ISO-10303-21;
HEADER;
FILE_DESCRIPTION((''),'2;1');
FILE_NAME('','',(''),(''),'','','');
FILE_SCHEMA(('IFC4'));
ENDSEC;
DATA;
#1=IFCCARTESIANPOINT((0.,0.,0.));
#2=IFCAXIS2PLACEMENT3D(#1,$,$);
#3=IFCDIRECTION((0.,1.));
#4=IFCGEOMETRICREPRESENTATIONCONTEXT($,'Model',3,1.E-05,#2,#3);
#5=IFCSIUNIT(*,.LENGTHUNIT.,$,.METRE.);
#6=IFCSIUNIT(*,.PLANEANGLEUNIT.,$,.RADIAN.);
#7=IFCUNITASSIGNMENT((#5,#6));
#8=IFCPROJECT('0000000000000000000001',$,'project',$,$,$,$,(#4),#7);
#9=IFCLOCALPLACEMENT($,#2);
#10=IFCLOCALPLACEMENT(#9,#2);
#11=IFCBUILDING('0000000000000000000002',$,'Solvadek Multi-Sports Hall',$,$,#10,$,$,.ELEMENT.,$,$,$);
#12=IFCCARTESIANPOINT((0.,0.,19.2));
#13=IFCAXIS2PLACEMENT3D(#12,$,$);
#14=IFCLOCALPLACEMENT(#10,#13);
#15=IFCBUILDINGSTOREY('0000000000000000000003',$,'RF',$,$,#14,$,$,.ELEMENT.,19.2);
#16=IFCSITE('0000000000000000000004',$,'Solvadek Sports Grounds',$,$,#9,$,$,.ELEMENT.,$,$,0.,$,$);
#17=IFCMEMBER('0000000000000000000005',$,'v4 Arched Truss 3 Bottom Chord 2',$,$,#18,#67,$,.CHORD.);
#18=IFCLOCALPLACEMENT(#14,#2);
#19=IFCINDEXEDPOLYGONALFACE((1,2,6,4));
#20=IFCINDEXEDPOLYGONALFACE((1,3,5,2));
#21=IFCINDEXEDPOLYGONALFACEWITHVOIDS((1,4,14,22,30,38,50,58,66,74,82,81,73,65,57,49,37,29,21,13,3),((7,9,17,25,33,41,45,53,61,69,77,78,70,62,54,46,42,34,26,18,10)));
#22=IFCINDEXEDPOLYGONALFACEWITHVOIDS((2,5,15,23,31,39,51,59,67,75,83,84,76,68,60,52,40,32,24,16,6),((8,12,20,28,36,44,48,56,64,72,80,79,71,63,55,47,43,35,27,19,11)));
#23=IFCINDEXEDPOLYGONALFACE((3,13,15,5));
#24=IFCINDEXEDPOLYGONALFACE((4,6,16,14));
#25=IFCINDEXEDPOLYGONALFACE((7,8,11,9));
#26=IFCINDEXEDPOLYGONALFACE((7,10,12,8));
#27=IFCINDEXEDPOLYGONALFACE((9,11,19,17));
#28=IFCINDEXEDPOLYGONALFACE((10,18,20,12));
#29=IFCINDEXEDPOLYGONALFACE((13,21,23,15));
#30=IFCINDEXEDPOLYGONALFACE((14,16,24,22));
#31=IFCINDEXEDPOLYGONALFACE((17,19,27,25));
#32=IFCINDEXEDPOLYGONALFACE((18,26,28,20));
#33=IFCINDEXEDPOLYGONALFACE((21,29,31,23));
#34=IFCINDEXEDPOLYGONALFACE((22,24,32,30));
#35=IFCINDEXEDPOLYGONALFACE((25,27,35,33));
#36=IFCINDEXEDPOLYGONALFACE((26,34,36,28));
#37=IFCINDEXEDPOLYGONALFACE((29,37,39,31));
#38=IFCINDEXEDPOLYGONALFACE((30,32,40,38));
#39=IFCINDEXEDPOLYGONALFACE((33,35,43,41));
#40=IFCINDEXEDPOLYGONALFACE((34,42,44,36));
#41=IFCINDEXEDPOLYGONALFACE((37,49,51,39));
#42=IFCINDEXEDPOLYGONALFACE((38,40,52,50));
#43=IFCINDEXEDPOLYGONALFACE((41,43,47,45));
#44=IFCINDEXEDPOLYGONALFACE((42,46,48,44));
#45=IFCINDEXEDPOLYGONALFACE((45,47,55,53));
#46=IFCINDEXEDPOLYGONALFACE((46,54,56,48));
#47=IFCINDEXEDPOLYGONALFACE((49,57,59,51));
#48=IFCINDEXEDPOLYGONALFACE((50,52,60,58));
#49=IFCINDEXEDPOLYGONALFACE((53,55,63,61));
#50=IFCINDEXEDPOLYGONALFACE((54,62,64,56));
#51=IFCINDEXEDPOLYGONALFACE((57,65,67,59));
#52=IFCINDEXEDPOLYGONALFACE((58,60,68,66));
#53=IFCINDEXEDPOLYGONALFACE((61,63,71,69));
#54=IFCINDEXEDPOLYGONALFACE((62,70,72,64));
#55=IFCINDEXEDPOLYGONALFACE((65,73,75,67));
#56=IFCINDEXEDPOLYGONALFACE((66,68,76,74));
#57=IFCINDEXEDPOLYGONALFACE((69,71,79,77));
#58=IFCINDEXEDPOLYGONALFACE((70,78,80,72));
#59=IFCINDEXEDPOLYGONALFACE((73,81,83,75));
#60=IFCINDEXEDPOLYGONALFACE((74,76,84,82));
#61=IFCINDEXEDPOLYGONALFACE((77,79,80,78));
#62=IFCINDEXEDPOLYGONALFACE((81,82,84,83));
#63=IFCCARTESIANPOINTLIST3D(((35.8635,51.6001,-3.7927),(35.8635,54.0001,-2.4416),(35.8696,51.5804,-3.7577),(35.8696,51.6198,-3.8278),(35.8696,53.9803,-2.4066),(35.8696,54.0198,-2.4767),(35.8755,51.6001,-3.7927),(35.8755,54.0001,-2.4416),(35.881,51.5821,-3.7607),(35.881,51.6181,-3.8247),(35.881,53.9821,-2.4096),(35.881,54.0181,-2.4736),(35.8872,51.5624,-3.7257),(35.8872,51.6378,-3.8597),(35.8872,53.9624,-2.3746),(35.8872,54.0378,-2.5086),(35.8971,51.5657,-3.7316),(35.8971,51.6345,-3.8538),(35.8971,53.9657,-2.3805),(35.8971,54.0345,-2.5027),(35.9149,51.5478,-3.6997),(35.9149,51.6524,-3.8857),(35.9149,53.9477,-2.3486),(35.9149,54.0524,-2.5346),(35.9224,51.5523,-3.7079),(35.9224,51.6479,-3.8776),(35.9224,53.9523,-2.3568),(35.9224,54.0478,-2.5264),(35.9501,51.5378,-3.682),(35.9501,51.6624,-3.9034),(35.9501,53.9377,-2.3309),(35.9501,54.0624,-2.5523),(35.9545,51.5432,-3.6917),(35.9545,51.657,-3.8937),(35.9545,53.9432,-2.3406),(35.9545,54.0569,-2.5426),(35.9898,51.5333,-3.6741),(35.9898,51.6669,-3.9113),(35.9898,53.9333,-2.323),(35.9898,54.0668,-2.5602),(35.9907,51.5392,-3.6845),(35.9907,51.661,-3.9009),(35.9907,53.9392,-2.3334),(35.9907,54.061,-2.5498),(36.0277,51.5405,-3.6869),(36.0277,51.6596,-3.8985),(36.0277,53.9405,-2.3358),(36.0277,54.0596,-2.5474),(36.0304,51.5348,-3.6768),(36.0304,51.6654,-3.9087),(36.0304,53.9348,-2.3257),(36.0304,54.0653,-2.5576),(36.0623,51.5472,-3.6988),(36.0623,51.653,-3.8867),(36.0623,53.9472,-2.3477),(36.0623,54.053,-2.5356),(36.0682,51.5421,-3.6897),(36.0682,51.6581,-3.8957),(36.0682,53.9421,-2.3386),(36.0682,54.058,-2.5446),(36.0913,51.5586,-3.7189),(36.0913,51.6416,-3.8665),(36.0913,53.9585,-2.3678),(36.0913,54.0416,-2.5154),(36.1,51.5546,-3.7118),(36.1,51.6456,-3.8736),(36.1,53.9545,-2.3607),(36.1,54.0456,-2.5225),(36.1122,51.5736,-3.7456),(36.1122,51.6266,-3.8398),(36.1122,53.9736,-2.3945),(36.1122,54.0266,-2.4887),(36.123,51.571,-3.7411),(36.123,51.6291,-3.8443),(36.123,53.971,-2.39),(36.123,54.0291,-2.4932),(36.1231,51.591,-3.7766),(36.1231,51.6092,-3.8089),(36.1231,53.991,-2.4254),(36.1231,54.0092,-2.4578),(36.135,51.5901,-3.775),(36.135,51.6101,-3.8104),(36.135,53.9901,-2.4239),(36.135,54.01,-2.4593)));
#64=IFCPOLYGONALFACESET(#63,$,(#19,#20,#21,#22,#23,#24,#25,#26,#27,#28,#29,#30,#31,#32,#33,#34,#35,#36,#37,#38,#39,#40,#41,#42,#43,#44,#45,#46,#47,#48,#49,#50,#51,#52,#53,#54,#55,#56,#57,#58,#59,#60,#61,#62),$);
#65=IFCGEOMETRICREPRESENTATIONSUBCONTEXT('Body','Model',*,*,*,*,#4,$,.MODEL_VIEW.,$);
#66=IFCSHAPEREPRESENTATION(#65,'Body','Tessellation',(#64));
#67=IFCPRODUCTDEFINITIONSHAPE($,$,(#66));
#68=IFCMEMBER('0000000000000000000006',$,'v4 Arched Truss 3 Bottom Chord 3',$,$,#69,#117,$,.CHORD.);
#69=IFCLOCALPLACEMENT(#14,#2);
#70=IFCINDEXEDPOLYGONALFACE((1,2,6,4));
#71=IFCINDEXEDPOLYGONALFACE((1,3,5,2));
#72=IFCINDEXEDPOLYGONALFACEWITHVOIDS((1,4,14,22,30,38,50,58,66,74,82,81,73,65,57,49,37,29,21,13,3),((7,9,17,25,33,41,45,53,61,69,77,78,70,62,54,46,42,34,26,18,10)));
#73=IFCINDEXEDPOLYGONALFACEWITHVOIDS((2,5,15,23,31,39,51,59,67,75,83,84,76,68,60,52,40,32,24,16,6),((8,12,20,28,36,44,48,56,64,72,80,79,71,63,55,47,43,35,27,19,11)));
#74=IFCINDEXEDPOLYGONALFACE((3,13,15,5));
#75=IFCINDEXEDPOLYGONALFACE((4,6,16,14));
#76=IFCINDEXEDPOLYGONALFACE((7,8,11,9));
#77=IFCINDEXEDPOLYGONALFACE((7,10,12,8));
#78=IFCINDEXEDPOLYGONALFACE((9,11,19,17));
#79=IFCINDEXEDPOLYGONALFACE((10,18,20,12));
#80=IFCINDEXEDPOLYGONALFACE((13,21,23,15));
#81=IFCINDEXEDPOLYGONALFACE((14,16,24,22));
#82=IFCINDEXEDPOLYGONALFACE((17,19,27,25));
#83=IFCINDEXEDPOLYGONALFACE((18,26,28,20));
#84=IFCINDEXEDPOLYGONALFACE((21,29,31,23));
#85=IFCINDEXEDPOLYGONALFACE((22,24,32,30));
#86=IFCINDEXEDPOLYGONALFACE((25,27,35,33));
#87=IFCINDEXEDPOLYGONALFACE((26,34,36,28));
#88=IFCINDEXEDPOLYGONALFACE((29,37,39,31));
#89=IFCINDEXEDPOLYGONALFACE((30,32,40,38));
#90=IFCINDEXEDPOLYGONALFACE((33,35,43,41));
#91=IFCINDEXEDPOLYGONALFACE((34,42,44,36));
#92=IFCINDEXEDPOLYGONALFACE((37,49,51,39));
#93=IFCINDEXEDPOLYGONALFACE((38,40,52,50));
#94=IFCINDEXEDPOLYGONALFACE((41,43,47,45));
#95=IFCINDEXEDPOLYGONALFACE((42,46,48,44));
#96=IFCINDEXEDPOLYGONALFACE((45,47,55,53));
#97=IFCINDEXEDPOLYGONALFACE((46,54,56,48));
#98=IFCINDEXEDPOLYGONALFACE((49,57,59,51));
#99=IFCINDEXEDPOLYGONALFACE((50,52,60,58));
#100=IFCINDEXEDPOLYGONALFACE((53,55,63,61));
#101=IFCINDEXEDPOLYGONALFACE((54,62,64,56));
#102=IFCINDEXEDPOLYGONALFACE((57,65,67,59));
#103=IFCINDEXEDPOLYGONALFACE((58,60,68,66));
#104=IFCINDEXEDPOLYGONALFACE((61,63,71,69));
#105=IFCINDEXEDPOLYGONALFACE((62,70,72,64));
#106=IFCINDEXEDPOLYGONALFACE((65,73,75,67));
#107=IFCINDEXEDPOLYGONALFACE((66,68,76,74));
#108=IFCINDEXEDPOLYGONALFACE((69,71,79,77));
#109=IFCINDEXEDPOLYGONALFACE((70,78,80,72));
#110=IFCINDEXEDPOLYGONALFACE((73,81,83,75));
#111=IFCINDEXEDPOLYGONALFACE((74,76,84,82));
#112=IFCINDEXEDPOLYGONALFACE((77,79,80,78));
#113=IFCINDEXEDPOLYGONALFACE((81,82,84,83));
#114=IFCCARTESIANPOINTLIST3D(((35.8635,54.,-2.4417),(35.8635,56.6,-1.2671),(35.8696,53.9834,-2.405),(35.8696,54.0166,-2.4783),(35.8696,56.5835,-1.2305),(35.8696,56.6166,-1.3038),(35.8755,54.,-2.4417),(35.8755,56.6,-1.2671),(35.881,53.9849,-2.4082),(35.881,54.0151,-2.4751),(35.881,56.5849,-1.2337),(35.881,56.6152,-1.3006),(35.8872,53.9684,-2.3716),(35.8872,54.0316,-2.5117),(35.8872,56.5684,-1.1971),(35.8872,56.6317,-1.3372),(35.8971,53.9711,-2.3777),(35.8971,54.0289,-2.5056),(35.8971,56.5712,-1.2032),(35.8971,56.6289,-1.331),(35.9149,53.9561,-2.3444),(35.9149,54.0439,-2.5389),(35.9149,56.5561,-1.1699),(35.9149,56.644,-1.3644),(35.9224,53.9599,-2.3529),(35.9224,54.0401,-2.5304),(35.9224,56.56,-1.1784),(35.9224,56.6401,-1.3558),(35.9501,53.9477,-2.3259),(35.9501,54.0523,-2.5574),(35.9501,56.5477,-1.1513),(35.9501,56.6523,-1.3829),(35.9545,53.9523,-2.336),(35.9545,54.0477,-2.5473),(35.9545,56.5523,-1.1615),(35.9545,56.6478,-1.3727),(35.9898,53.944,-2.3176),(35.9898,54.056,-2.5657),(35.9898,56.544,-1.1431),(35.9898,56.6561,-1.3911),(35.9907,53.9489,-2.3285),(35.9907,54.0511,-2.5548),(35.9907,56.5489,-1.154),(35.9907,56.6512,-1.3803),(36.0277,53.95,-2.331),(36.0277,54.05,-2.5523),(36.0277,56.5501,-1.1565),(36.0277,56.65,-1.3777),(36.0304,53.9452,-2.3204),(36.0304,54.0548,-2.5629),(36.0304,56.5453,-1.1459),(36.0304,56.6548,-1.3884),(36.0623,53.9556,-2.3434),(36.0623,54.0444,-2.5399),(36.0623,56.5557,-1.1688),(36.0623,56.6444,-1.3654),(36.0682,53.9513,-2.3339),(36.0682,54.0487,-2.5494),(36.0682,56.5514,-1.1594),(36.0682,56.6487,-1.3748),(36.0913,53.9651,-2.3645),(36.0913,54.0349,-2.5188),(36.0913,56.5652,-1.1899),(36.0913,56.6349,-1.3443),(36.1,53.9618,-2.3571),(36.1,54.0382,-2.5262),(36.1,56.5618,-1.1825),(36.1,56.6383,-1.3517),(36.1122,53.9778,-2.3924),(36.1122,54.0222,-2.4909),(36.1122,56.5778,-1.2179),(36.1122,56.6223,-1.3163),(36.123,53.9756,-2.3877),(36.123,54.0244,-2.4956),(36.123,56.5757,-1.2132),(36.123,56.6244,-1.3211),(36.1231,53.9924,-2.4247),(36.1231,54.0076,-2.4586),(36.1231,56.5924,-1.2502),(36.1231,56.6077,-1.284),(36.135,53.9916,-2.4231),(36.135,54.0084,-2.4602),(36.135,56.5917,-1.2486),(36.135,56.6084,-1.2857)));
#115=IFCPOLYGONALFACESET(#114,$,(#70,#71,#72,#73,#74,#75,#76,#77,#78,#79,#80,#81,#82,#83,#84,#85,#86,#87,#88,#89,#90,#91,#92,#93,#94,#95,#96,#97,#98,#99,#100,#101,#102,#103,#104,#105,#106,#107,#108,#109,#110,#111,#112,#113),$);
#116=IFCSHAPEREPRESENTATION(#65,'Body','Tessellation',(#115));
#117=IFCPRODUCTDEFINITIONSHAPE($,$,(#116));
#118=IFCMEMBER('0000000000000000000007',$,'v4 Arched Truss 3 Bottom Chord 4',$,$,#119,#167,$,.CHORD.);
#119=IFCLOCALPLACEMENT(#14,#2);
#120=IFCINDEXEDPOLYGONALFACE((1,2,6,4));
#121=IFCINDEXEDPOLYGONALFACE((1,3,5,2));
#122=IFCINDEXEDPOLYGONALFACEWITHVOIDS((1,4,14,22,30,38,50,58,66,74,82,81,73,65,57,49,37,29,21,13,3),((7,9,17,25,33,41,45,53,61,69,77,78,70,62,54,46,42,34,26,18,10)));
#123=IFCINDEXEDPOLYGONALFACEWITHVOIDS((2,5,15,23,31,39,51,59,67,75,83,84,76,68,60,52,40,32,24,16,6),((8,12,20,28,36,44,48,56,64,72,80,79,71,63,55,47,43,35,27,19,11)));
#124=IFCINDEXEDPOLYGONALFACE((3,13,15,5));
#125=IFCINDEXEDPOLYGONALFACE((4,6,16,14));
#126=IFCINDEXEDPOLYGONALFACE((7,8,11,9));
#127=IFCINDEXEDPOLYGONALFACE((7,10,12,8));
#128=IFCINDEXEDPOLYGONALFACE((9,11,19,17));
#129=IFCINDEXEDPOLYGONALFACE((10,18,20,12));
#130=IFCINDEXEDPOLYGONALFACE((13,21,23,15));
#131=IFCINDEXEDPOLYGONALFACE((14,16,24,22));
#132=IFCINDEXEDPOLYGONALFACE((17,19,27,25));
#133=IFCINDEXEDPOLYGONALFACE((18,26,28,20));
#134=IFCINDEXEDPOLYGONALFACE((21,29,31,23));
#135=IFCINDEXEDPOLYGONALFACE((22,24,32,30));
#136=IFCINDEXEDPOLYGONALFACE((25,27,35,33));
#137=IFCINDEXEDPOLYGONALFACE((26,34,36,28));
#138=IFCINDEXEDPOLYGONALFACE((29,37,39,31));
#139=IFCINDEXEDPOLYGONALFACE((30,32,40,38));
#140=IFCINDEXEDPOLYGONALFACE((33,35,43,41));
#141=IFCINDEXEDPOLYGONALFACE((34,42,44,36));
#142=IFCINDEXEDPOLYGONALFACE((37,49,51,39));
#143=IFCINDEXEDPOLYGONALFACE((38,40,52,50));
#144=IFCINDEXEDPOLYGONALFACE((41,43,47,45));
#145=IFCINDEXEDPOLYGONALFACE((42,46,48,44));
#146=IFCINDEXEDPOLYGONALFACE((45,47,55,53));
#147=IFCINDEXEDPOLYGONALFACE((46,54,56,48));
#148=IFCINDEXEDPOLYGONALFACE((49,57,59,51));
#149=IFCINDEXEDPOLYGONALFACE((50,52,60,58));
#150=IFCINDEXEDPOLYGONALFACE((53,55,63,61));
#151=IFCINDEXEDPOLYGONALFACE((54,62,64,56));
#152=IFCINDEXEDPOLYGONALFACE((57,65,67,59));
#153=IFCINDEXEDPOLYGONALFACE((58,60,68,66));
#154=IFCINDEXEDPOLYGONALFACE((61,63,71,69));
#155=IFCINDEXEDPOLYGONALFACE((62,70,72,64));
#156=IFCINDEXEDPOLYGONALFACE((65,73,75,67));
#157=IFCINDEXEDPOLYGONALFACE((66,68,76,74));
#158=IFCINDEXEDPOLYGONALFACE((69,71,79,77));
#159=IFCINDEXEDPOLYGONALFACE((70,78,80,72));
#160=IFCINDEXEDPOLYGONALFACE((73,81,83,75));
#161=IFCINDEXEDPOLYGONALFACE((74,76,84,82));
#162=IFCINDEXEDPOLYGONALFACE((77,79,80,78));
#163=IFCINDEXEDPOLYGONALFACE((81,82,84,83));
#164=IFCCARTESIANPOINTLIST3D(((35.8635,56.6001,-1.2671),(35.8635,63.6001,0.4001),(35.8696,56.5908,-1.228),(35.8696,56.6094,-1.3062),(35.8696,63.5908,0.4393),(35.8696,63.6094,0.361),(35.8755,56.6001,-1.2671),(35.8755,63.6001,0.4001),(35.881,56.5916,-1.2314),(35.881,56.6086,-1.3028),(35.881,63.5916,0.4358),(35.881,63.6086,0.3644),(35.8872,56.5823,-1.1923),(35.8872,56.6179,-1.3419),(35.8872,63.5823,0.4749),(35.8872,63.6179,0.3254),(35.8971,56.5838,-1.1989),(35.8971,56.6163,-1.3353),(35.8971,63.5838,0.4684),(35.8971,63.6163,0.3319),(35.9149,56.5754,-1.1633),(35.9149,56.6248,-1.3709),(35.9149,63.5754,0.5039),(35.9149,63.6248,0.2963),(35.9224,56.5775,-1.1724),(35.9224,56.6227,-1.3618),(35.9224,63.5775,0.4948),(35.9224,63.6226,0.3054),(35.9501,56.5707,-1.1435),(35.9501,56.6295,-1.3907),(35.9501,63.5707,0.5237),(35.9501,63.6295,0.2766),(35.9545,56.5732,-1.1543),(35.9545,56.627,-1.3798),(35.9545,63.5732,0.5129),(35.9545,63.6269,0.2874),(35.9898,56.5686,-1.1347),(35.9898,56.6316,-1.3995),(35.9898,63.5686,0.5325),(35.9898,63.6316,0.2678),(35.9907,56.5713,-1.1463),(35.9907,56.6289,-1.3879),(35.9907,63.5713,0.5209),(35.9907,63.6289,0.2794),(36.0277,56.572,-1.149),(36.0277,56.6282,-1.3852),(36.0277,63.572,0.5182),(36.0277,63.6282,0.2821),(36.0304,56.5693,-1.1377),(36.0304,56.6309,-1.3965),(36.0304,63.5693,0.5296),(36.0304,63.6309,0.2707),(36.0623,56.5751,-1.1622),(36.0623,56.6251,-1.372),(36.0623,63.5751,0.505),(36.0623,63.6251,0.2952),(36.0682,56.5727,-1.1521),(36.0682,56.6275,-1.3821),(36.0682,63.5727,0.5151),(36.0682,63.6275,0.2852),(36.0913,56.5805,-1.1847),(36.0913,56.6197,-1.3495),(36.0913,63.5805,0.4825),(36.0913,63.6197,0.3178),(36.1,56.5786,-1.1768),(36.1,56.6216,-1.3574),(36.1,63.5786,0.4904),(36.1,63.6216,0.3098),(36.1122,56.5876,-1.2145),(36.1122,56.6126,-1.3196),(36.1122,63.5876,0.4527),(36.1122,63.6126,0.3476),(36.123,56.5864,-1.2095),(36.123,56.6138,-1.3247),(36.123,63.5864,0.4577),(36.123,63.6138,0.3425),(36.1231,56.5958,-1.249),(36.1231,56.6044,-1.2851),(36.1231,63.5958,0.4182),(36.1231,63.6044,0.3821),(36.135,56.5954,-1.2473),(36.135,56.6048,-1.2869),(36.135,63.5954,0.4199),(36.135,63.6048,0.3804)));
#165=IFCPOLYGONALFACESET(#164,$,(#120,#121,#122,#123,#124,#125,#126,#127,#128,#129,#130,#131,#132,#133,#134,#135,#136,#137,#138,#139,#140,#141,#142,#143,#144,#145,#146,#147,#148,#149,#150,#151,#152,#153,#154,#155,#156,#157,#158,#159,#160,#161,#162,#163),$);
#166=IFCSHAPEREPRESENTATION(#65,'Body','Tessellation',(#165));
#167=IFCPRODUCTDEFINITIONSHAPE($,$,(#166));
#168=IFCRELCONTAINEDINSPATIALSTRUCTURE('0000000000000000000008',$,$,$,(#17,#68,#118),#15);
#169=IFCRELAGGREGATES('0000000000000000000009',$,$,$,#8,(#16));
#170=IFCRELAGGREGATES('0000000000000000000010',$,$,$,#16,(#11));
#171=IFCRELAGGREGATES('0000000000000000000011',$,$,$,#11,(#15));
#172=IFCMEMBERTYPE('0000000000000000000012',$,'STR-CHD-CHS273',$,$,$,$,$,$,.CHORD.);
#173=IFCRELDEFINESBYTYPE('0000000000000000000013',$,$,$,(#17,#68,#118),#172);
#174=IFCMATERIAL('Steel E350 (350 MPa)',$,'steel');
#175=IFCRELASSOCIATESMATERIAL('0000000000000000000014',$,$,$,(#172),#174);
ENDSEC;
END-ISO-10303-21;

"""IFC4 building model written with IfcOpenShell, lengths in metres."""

from ifc_helpers import new_model, si_unit, direction, frame, origin, origin_2d, place, context, subcontext, project, spatial, hollow_circle, extrude, material, material_profile, profile_set, type_object, element, save


model = new_model("IFC4")

# Units and contexts
model_context = context("Model", 3, precision=1e-05, world=origin(), true_north=direction((0.0, 1.0)))
body_context = subcontext(model_context, "Body", "Model", "MODEL_VIEW")
ifc_project = project(units=[si_unit("LENGTHUNIT", "METRE"), si_unit("PLANEANGLEUNIT", "RADIAN")], contexts=[model_context])

# Site, building, storey
site_placement = place(None, origin())
site = spatial("IfcSite", under=ifc_project, at=site_placement, Name="Solvadek Sports Grounds", CompositionType="ELEMENT", RefElevation=0.0)
building_placement = place(site_placement, origin())
building = spatial("IfcBuilding", under=site, at=building_placement, Name="Solvadek Multi-Sports Hall", CompositionType="ELEMENT")
storey_placement = place(building_placement, frame((0.0, 0.0, 19.2)))
storey = spatial("IfcBuildingStorey", under=building, at=storey_placement, Name="RF", CompositionType="ELEMENT", Elevation=19.2)

# Members
ifc_material_1 = material(Name="Steel E350 (350 MPa)", Category="steel")
ifc_material_profile_1 = material_profile(ifc_material_1, hollow_circle(Radius=0.1365, WallThickness=0.012, at=origin_2d()), Name="CHS 273.0x12")
ifc_profile_set_1 = profile_set([ifc_material_profile_1], Name="Steel E350 (350 MPa)")
member_type_1 = type_object("IfcMemberType", Name="STR-CHD-CHS273", PredefinedType="CHORD", material=ifc_profile_set_1)
member_1_placement = place(storey_placement, frame((36.0, 51.6001, -3.7927), z_axis=(0.0, 0.8714, 0.490573), x_axis=(-1.0, 0.0, 0.0)))
element("IfcMember", 1, at=member_1_placement, inside=storey, type_object=member_type_1, Name="v4 Arched Truss 3 Bottom Chord 2", PredefinedType="CHORD", context=body_context, shape_type="SweptSolid", body=[
    extrude(hollow_circle(Radius=0.1365, WallThickness=0.012, at=origin_2d()), origin(), (0.0, 0.0, 1.0), 2.7542),
])
member_2_placement = place(storey_placement, frame((36.0, 54.0, -2.4417), z_axis=(0.0, 0.911328, 0.411681), x_axis=(-1.0, 0.0, 0.0)))
element("IfcMember", 2, at=member_2_placement, inside=storey, type_object=member_type_1, Name="v4 Arched Truss 3 Bottom Chord 3", PredefinedType="CHORD", context=body_context, shape_type="SweptSolid", body=[
    extrude(hollow_circle(Radius=0.1365, WallThickness=0.012, at=origin_2d()), origin(), (0.0, 0.0, 1.0), 2.853),
])
member_3_placement = place(storey_placement, frame((36.0, 56.6001, -1.2671), z_axis=(0.0, 0.972788, 0.231695), x_axis=(-1.0, 0.0, 0.0)))
element("IfcMember", 3, at=member_3_placement, inside=storey, type_object=member_type_1, Name="v4 Arched Truss 3 Bottom Chord 4", PredefinedType="CHORD", context=body_context, shape_type="SweptSolid", body=[
    extrude(hollow_circle(Radius=0.1365, WallThickness=0.012, at=origin_2d()), origin(), (0.0, 0.0, 1.0), 7.1958),
])

save(model, "model.ifc")
